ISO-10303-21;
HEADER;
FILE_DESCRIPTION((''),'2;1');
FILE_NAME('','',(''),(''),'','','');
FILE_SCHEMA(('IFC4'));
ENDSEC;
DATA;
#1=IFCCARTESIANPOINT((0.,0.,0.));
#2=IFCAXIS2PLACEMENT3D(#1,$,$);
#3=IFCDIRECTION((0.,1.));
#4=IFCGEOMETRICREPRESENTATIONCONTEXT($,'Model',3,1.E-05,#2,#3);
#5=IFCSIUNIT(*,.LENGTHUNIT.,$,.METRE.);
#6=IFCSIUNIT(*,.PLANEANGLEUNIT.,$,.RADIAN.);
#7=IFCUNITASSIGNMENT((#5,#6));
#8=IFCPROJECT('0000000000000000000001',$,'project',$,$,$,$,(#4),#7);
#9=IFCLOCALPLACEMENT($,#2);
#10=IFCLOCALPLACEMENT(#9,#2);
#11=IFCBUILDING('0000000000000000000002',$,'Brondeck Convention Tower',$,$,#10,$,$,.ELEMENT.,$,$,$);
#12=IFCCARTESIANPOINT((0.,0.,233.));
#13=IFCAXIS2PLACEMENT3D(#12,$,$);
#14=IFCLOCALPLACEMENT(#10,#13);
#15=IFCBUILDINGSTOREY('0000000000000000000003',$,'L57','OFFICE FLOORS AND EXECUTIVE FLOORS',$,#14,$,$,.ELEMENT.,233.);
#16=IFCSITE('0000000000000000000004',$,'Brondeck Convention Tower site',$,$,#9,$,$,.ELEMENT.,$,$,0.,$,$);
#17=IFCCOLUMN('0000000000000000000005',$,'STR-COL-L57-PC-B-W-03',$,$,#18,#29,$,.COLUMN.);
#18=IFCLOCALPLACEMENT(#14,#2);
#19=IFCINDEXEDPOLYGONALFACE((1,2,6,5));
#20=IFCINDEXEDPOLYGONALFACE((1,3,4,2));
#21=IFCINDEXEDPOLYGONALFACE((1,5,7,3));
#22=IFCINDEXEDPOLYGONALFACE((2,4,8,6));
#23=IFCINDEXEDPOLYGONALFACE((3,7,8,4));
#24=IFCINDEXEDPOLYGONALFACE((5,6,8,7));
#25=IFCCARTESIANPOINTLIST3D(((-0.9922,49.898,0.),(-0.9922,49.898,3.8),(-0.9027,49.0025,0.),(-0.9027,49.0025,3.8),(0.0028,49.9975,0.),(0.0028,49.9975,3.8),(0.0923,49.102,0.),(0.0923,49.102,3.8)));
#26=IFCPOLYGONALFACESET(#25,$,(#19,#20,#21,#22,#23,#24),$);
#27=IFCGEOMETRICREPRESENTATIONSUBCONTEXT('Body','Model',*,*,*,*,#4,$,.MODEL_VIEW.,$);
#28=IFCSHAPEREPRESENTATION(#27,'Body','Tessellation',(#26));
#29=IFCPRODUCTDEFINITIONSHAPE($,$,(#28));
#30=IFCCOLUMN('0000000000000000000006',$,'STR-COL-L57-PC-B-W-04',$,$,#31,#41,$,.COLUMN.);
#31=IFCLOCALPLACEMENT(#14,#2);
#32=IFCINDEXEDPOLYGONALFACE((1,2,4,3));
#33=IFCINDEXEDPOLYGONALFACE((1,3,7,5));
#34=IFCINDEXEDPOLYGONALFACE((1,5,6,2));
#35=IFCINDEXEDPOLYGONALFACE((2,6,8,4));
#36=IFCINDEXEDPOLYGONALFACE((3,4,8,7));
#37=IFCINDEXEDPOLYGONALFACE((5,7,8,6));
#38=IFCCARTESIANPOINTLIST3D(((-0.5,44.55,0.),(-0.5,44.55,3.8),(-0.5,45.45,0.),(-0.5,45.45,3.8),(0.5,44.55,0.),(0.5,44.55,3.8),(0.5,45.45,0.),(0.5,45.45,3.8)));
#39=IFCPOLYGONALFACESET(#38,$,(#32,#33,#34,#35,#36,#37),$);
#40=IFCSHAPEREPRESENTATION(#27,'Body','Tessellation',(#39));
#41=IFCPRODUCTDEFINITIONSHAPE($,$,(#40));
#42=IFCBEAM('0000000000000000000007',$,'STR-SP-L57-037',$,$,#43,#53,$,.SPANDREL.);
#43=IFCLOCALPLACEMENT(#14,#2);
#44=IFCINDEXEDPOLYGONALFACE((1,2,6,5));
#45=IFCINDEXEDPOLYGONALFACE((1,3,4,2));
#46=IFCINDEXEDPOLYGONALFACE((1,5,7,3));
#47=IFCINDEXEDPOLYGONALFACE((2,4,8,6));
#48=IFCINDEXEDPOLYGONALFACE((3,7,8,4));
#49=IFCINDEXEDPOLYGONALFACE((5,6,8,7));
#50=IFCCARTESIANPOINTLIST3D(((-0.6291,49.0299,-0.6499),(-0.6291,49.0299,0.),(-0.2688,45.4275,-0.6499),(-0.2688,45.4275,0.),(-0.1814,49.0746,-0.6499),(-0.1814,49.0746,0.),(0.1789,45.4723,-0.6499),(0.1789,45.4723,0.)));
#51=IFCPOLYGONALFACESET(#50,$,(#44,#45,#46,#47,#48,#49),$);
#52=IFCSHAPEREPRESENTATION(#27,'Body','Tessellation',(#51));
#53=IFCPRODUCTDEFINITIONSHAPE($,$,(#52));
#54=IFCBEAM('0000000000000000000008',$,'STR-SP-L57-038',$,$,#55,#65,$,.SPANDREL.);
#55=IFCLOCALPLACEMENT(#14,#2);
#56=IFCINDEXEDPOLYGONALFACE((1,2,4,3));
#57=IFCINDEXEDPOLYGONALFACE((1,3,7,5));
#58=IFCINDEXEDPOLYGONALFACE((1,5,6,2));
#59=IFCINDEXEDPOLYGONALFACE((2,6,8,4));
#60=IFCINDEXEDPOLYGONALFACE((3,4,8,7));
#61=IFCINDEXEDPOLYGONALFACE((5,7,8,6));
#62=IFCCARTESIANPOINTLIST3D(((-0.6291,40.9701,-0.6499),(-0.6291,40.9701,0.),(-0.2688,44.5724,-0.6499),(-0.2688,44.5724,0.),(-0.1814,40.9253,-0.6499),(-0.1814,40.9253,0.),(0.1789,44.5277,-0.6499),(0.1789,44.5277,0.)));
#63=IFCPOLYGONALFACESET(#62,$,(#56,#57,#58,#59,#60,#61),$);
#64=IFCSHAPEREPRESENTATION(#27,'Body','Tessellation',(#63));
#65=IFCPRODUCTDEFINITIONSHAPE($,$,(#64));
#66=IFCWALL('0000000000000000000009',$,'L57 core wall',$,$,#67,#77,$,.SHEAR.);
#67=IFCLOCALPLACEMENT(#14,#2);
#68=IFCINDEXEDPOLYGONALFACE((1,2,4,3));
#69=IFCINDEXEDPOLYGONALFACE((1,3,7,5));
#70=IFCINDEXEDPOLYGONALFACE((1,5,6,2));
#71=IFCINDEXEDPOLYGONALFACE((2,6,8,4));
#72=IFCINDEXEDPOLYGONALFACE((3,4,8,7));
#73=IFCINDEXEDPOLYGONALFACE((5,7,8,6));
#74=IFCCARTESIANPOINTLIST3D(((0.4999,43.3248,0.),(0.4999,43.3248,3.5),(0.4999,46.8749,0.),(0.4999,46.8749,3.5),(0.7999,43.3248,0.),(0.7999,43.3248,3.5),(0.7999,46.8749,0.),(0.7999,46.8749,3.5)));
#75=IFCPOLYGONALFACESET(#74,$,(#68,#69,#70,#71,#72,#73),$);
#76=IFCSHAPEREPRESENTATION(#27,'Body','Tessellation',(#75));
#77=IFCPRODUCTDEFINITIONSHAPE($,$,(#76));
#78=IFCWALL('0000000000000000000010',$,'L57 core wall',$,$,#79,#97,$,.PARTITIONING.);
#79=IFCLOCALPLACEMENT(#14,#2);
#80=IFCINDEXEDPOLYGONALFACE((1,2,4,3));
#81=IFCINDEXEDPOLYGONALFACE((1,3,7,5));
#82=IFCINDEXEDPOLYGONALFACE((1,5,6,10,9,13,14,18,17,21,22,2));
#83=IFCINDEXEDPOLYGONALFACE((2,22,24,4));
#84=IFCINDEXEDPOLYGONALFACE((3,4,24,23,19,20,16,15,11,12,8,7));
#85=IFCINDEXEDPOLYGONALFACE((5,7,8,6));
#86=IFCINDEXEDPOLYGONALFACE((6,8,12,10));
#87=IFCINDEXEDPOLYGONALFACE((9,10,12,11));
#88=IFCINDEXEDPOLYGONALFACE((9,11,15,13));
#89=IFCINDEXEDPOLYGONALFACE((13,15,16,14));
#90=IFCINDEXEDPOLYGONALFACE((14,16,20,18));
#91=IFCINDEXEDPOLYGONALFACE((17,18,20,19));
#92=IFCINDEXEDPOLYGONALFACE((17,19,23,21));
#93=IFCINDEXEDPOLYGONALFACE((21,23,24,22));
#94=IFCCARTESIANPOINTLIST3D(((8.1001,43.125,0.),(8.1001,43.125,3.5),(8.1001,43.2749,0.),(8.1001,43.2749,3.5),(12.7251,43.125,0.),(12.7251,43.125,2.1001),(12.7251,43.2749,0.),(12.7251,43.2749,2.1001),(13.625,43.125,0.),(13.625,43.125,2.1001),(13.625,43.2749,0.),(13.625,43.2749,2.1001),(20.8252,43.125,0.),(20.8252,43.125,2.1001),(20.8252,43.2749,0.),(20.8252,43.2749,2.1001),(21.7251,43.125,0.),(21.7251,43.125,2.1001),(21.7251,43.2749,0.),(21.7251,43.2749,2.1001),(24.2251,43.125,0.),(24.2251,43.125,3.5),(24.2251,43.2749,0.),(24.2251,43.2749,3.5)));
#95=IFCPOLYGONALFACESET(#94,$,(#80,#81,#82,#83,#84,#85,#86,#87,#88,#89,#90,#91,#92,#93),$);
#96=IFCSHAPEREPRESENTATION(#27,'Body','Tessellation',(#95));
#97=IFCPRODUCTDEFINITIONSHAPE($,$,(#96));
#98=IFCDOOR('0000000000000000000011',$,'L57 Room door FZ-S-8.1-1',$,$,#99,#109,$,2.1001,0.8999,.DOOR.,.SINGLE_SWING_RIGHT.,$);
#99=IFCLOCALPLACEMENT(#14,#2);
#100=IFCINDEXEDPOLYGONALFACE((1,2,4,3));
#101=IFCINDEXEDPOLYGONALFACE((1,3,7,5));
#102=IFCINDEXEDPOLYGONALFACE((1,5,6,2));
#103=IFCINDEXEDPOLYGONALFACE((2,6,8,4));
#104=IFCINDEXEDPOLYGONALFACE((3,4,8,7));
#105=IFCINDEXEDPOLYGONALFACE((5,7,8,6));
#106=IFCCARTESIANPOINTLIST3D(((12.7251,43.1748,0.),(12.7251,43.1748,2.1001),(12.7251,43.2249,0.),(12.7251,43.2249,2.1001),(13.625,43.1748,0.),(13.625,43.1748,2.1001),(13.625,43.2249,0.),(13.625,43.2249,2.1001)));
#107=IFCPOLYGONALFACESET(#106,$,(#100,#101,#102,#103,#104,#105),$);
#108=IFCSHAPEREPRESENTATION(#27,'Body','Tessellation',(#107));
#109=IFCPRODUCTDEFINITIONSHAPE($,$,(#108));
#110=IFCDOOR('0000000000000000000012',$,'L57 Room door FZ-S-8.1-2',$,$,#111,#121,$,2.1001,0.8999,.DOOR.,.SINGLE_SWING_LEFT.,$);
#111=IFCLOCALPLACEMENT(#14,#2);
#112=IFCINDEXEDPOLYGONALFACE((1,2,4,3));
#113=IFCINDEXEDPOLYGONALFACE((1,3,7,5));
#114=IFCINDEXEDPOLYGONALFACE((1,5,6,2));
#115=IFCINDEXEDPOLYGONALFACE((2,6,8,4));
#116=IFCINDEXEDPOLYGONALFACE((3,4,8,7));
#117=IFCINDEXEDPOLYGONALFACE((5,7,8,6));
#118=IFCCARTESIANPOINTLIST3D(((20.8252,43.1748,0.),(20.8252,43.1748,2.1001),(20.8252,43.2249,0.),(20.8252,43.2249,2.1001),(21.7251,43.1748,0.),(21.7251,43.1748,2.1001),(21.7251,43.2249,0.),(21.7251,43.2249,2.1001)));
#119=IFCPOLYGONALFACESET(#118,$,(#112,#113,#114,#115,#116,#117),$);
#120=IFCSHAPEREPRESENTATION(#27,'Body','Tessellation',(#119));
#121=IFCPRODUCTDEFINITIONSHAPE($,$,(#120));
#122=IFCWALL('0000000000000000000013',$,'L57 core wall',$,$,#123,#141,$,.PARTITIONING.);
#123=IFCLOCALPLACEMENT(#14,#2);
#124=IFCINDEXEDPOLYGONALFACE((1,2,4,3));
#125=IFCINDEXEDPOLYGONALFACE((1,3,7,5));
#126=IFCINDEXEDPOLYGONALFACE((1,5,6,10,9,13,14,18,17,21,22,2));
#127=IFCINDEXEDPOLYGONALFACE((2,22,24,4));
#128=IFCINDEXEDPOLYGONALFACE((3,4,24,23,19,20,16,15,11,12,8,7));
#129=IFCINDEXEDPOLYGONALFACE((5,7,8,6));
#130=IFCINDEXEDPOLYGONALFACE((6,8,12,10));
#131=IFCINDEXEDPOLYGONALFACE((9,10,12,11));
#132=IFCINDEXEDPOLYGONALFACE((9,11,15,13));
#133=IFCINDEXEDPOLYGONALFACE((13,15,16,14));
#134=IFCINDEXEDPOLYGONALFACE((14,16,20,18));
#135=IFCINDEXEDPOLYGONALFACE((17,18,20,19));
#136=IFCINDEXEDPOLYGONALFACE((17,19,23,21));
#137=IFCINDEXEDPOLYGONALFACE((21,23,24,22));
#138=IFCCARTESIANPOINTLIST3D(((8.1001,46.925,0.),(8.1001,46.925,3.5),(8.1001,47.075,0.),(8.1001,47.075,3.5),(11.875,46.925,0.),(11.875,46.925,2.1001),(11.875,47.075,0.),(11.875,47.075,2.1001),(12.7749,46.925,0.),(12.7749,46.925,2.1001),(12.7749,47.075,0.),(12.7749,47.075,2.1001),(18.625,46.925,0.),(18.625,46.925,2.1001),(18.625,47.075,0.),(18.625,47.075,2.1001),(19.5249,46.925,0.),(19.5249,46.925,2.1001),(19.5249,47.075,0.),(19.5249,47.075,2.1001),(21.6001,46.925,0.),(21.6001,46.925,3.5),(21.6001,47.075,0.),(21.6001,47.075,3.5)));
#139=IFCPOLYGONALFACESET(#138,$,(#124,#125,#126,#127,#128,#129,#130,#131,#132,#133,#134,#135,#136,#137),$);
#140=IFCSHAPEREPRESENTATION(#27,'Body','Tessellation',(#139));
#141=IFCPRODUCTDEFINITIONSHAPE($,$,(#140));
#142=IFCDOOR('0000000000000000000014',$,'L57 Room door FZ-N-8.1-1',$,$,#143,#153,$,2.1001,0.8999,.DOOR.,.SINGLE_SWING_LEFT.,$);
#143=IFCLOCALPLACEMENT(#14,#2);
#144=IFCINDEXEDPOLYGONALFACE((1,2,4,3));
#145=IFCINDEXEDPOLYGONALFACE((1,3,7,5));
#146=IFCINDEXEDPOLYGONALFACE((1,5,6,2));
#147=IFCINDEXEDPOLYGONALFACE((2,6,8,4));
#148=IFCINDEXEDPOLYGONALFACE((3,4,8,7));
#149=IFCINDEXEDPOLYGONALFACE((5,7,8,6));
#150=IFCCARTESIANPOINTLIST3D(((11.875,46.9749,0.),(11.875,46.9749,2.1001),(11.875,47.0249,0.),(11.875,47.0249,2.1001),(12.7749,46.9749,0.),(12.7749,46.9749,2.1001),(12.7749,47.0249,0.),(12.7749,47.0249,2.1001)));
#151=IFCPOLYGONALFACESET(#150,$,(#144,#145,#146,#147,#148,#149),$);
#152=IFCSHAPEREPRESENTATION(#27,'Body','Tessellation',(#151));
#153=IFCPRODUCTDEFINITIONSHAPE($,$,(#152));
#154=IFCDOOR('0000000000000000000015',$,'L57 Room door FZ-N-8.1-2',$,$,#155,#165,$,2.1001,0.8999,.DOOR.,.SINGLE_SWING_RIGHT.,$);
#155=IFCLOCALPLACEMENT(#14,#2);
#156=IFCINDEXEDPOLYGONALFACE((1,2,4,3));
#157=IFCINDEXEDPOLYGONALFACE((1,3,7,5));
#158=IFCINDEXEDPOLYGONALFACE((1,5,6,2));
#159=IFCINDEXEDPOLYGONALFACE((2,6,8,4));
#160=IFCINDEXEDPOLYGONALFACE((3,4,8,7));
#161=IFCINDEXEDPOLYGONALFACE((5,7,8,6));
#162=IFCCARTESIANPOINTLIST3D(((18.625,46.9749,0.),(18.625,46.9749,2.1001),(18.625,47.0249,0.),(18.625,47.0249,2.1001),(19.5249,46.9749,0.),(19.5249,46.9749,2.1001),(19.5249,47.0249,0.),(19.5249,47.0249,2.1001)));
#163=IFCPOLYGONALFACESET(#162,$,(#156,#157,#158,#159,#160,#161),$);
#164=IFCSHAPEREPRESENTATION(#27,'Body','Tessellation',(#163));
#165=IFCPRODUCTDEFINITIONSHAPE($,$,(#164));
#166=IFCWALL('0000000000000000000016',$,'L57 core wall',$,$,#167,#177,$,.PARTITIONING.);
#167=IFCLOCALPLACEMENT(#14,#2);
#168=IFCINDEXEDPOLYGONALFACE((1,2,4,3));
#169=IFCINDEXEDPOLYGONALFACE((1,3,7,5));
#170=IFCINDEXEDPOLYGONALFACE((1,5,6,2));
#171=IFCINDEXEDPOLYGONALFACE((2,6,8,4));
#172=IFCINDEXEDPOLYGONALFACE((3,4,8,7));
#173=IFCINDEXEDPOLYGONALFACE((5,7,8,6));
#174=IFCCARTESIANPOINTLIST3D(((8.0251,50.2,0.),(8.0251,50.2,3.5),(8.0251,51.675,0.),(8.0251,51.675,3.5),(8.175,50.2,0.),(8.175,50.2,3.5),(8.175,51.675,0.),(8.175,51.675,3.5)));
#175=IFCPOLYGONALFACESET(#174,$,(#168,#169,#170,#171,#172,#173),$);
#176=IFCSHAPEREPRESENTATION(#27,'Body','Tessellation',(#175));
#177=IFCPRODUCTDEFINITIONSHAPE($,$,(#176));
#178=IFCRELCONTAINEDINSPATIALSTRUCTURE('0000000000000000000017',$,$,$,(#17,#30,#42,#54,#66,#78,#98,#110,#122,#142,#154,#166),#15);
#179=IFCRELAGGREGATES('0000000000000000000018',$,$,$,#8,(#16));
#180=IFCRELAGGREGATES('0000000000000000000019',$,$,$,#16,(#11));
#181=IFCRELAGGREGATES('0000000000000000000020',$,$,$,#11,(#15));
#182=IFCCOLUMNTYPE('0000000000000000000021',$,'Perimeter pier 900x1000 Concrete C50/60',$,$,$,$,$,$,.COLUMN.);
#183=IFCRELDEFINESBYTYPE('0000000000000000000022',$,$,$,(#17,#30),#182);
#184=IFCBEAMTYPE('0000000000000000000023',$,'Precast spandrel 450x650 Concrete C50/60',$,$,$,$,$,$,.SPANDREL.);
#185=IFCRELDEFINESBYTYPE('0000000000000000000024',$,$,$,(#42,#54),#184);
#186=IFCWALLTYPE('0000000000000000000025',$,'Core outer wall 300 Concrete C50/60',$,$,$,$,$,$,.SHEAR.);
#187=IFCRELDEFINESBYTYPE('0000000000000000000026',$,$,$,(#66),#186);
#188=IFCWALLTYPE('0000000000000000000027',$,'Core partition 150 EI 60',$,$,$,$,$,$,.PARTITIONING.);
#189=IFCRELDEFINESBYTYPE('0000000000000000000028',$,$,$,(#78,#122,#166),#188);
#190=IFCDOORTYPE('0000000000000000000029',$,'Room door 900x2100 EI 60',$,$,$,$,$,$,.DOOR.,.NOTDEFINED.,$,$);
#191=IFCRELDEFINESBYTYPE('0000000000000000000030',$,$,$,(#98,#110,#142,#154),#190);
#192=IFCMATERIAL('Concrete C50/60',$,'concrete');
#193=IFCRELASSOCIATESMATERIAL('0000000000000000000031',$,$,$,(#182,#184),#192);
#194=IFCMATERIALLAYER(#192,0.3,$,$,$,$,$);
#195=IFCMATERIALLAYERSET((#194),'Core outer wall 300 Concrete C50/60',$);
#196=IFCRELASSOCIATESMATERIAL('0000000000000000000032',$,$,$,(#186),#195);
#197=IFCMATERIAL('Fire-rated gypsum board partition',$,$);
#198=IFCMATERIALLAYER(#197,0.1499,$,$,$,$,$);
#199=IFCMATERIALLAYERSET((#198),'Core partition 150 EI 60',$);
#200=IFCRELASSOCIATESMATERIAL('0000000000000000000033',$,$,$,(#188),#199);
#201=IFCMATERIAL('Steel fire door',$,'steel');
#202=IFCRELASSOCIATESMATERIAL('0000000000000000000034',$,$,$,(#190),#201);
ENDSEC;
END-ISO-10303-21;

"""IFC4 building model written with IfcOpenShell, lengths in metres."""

from ifc_helpers import new_model, si_unit, direction, frame, frame_2d, origin, origin_2d, place, context, subcontext, project, spatial, rectangle, extrude, material, layer, layer_set, material_profile, profile_set, type_object, element, fill, save


model = new_model("IFC4")

# Units and contexts
model_context = context("Model", 3, precision=1e-05, world=origin(), true_north=direction((0.0, 1.0)))
body_context = subcontext(model_context, "Body", "Model", "MODEL_VIEW")
ifc_project = project(units=[si_unit("LENGTHUNIT", "METRE"), si_unit("PLANEANGLEUNIT", "RADIAN")], contexts=[model_context])

# Site, building, storey
site_placement = place(None, origin())
site = spatial("IfcSite", under=ifc_project, at=site_placement, Name="Brondeck Convention Tower site", CompositionType="ELEMENT", RefElevation=0.0)
building_placement = place(site_placement, origin())
building = spatial("IfcBuilding", under=site, at=building_placement, Name="Brondeck Convention Tower", CompositionType="ELEMENT")
storey_placement = place(building_placement, frame((0.0, 0.0, 233.0)))
storey = spatial("IfcBuildingStorey", under=building, at=storey_placement, Name="L57", Description="OFFICE FLOORS AND EXECUTIVE FLOORS", CompositionType="ELEMENT", Elevation=233.0)

# Columns
ifc_material_1 = material(Name="Concrete C50/60", Category="concrete")
ifc_material_profile_1 = material_profile(ifc_material_1, rectangle(XDim=0.8999, YDim=1.0, at=origin_2d()), Name="Perimeter pier 900x1000 Concrete C50/60")
ifc_profile_set_1 = profile_set([ifc_material_profile_1], Name="Concrete C50/60")
column_type = type_object("IfcColumnType", Name="Perimeter pier 900x1000 Concrete C50/60", PredefinedType="COLUMN", material=ifc_profile_set_1)
for number, where, z_axis, x_axis, name in (
    (1, (-0.45, 49.5, 0.0), (0.0, 0.0, 1.0), (0.099504, -0.995037, 0.0), "STR-COL-L57-PC-B-W-03"),
    (2, (0.0, 45.0, 0.0), (0.0, 0.0, 1.0), (0.0, -1.0, 0.0), "STR-COL-L57-PC-B-W-04"),
):
    element("IfcColumn", number, at=place(storey_placement, frame(where, z_axis=z_axis, x_axis=x_axis)), inside=storey, type_object=column_type, Name=name, PredefinedType="COLUMN", context=body_context, shape_type="SweptSolid", body=[
        extrude(rectangle(XDim=0.8999, YDim=1.0, at=origin_2d()), origin(), (0.0, 0.0, 1.0), 3.8),
    ])

# Beams
ifc_material_profile_2 = material_profile(ifc_material_1, rectangle(XDim=0.45, YDim=0.6499, at=origin_2d()), Name="Precast spandrel 450x650 Concrete C50/60")
ifc_profile_set_2 = profile_set([ifc_material_profile_2], Name="Concrete C50/60")
beam_type = type_object("IfcBeamType", Name="Precast spandrel 450x650 Concrete C50/60", PredefinedType="SPANDREL", material=ifc_profile_set_2)
for number, where, z_axis, x_axis, name in (
    (3, (-0.4053, 49.0522, -0.325), (0.099537, -0.995034, 0.0), (0.995034, 0.099537, 0.0), "STR-SP-L57-037"),
    (4, (-0.0449, 44.55, -0.325), (-0.099537, -0.995034, 0.0), (0.995034, -0.099537, 0.0), "STR-SP-L57-038"),
):
    element("IfcBeam", number, at=place(storey_placement, frame(where, z_axis=z_axis, x_axis=x_axis)), inside=storey, type_object=beam_type, Name=name, PredefinedType="SPANDREL", context=body_context, shape_type="SweptSolid", body=[
        extrude(rectangle(XDim=0.45, YDim=0.6499, at=origin_2d()), origin(), (0.0, 0.0, 1.0), 3.6204),
    ])

# Wall
ifc_layer_1 = layer(ifc_material_1, 0.3)
ifc_layer_set_1 = layer_set([ifc_layer_1], Name="Core outer wall 300 Concrete C50/60")
wall_type_1 = type_object("IfcWallType", Name="Core outer wall 300 Concrete C50/60", PredefinedType="SHEAR", material=ifc_layer_set_1)
wall_1_placement = place(storey_placement, frame((0.6499, 43.325, 0.0), z_axis=(0.0, 0.0, 1.0), x_axis=(0.0, 1.0, 0.0)))
element("IfcWall", 5, at=wall_1_placement, inside=storey, type_object=wall_type_1, Name="L57 core wall", PredefinedType="SHEAR", context=body_context, shape_type="SweptSolid", body=[
    extrude(rectangle(XDim=3.55, YDim=0.3, at=frame_2d((1.7749, 0.0))), origin(), (0.0, 0.0, 1.0), 3.5),
])

# Walls, openings, doors
ifc_material_2 = material(Name="Fire-rated gypsum board partition")
ifc_layer_2 = layer(ifc_material_2, 0.1499)
ifc_layer_set_2 = layer_set([ifc_layer_2], Name="Core partition 150 EI 60")
wall_type_2 = type_object("IfcWallType", Name="Core partition 150 EI 60", PredefinedType="PARTITIONING", material=ifc_layer_set_2)
wall_2_placement = place(storey_placement, frame((8.1001, 43.2, 0.0), z_axis=(0.0, 0.0, 1.0), x_axis=(1.0, 0.0, 0.0)))
wall_2 = element("IfcWall", 6, at=wall_2_placement, inside=storey, type_object=wall_type_2, Name="L57 core wall", PredefinedType="PARTITIONING", context=body_context, shape_type="SweptSolid", body=[
    extrude(rectangle(XDim=16.125, YDim=0.1499, at=frame_2d((8.0625, 0.0))), origin(), (0.0, 0.0, 1.0), 3.5),
])
opening_1_placement = place(wall_2_placement, frame((4.625, 0.0, 0.0)))
opening_1 = element("IfcOpeningElement", 7, at=opening_1_placement, cuts=wall_2, PredefinedType="OPENING", context=body_context, shape_type="SweptSolid", body=[
    extrude(rectangle(XDim=0.8999, YDim=2.1001, at=frame_2d((0.45, 1.05))), frame((0.0, 0.085, 0.0), z_axis=(0.0, -1.0, 0.0), x_axis=(1.0, 0.0, 0.0)), (0.0, 0.0, 1.0), 0.1699),
])
opening_2_placement = place(wall_2_placement, frame((12.7251, 0.0, 0.0)))
opening_2 = element("IfcOpeningElement", 8, at=opening_2_placement, cuts=wall_2, PredefinedType="OPENING", context=body_context, shape_type="SweptSolid", body=[
    extrude(rectangle(XDim=0.8999, YDim=2.1001, at=frame_2d((0.45, 1.05))), frame((0.0, 0.085, 0.0), z_axis=(0.0, -1.0, 0.0), x_axis=(1.0, 0.0, 0.0)), (0.0, 0.0, 1.0), 0.1699),
])
ifc_material_3 = material(Name="Steel fire door", Category="steel")
door_type_1 = type_object("IfcDoorType", Name="Room door 900x2100 EI 60", OperationType="NOTDEFINED", PredefinedType="DOOR", material=ifc_material_3)
door_1_placement = place(opening_1_placement, origin())
door_1 = element("IfcDoor", 9, at=door_1_placement, inside=storey, type_object=door_type_1, Name="L57 Room door FZ-S-8.1-1", OperationType="SINGLE_SWING_RIGHT", OverallHeight=2.1001, OverallWidth=0.8999, PredefinedType="DOOR", context=body_context, shape_type="SweptSolid", body=[
    extrude(rectangle(XDim=0.8999, YDim=2.1001, at=frame_2d((0.45, 1.05))), frame((0.0, 0.0249, 0.0), z_axis=(0.0, -1.0, 0.0), x_axis=(1.0, 0.0, 0.0)), (0.0, 0.0, 1.0), 0.05),
])
fill(opening_1, door_1)
door_2_placement = place(opening_2_placement, origin())
door_2 = element("IfcDoor", 10, at=door_2_placement, inside=storey, type_object=door_type_1, Name="L57 Room door FZ-S-8.1-2", OperationType="SINGLE_SWING_LEFT", OverallHeight=2.1001, OverallWidth=0.8999, PredefinedType="DOOR", context=body_context, shape_type="SweptSolid", body=[
    extrude(rectangle(XDim=0.8999, YDim=2.1001, at=frame_2d((0.45, 1.05))), frame((0.0, 0.0249, 0.0), z_axis=(0.0, -1.0, 0.0), x_axis=(1.0, 0.0, 0.0)), (0.0, 0.0, 1.0), 0.05),
])
fill(opening_2, door_2)
wall_3_placement = place(storey_placement, frame((8.1001, 47.0, 0.0), z_axis=(0.0, 0.0, 1.0), x_axis=(1.0, 0.0, 0.0)))
wall_3 = element("IfcWall", 11, at=wall_3_placement, inside=storey, type_object=wall_type_2, Name="L57 core wall", PredefinedType="PARTITIONING", context=body_context, shape_type="SweptSolid", body=[
    extrude(rectangle(XDim=13.5, YDim=0.1499, at=frame_2d((6.75, 0.0))), origin(), (0.0, 0.0, 1.0), 3.5),
])
opening_3_placement = place(wall_3_placement, frame((3.7749, 0.0, 0.0)))
opening_3 = element("IfcOpeningElement", 12, at=opening_3_placement, cuts=wall_3, PredefinedType="OPENING", context=body_context, shape_type="SweptSolid", body=[
    extrude(rectangle(XDim=0.8999, YDim=2.1001, at=frame_2d((0.45, 1.05))), frame((0.0, 0.085, 0.0), z_axis=(0.0, -1.0, 0.0), x_axis=(1.0, 0.0, 0.0)), (0.0, 0.0, 1.0), 0.1699),
])
opening_4_placement = place(wall_3_placement, frame((10.5249, 0.0, 0.0)))
opening_4 = element("IfcOpeningElement", 13, at=opening_4_placement, cuts=wall_3, PredefinedType="OPENING", context=body_context, shape_type="SweptSolid", body=[
    extrude(rectangle(XDim=0.8999, YDim=2.1001, at=frame_2d((0.45, 1.05))), frame((0.0, 0.085, 0.0), z_axis=(0.0, -1.0, 0.0), x_axis=(1.0, 0.0, 0.0)), (0.0, 0.0, 1.0), 0.1699),
])
door_3_placement = place(opening_3_placement, origin())
door_3 = element("IfcDoor", 14, at=door_3_placement, inside=storey, type_object=door_type_1, Name="L57 Room door FZ-N-8.1-1", OperationType="SINGLE_SWING_LEFT", OverallHeight=2.1001, OverallWidth=0.8999, PredefinedType="DOOR", context=body_context, shape_type="SweptSolid", body=[
    extrude(rectangle(XDim=0.8999, YDim=2.1001, at=frame_2d((0.45, 1.05))), frame((0.0, 0.0249, 0.0), z_axis=(0.0, -1.0, 0.0), x_axis=(1.0, 0.0, 0.0)), (0.0, 0.0, 1.0), 0.05),
])
fill(opening_3, door_3)
door_4_placement = place(opening_4_placement, origin())
door_4 = element("IfcDoor", 15, at=door_4_placement, inside=storey, type_object=door_type_1, Name="L57 Room door FZ-N-8.1-2", OperationType="SINGLE_SWING_RIGHT", OverallHeight=2.1001, OverallWidth=0.8999, PredefinedType="DOOR", context=body_context, shape_type="SweptSolid", body=[
    extrude(rectangle(XDim=0.8999, YDim=2.1001, at=frame_2d((0.45, 1.05))), frame((0.0, 0.0249, 0.0), z_axis=(0.0, -1.0, 0.0), x_axis=(1.0, 0.0, 0.0)), (0.0, 0.0, 1.0), 0.05),
])
fill(opening_4, door_4)

# Wall
wall_4_placement = place(storey_placement, frame((8.1001, 50.2, 0.0), z_axis=(0.0, 0.0, 1.0), x_axis=(0.0, 1.0, 0.0)))
element("IfcWall", 16, at=wall_4_placement, inside=storey, type_object=wall_type_2, Name="L57 core wall", PredefinedType="PARTITIONING", context=body_context, shape_type="SweptSolid", body=[
    extrude(rectangle(XDim=1.4751, YDim=0.1499, at=frame_2d((0.7375, 0.0))), origin(), (0.0, 0.0, 1.0), 3.5),
])

save(model, "model.ifc")
